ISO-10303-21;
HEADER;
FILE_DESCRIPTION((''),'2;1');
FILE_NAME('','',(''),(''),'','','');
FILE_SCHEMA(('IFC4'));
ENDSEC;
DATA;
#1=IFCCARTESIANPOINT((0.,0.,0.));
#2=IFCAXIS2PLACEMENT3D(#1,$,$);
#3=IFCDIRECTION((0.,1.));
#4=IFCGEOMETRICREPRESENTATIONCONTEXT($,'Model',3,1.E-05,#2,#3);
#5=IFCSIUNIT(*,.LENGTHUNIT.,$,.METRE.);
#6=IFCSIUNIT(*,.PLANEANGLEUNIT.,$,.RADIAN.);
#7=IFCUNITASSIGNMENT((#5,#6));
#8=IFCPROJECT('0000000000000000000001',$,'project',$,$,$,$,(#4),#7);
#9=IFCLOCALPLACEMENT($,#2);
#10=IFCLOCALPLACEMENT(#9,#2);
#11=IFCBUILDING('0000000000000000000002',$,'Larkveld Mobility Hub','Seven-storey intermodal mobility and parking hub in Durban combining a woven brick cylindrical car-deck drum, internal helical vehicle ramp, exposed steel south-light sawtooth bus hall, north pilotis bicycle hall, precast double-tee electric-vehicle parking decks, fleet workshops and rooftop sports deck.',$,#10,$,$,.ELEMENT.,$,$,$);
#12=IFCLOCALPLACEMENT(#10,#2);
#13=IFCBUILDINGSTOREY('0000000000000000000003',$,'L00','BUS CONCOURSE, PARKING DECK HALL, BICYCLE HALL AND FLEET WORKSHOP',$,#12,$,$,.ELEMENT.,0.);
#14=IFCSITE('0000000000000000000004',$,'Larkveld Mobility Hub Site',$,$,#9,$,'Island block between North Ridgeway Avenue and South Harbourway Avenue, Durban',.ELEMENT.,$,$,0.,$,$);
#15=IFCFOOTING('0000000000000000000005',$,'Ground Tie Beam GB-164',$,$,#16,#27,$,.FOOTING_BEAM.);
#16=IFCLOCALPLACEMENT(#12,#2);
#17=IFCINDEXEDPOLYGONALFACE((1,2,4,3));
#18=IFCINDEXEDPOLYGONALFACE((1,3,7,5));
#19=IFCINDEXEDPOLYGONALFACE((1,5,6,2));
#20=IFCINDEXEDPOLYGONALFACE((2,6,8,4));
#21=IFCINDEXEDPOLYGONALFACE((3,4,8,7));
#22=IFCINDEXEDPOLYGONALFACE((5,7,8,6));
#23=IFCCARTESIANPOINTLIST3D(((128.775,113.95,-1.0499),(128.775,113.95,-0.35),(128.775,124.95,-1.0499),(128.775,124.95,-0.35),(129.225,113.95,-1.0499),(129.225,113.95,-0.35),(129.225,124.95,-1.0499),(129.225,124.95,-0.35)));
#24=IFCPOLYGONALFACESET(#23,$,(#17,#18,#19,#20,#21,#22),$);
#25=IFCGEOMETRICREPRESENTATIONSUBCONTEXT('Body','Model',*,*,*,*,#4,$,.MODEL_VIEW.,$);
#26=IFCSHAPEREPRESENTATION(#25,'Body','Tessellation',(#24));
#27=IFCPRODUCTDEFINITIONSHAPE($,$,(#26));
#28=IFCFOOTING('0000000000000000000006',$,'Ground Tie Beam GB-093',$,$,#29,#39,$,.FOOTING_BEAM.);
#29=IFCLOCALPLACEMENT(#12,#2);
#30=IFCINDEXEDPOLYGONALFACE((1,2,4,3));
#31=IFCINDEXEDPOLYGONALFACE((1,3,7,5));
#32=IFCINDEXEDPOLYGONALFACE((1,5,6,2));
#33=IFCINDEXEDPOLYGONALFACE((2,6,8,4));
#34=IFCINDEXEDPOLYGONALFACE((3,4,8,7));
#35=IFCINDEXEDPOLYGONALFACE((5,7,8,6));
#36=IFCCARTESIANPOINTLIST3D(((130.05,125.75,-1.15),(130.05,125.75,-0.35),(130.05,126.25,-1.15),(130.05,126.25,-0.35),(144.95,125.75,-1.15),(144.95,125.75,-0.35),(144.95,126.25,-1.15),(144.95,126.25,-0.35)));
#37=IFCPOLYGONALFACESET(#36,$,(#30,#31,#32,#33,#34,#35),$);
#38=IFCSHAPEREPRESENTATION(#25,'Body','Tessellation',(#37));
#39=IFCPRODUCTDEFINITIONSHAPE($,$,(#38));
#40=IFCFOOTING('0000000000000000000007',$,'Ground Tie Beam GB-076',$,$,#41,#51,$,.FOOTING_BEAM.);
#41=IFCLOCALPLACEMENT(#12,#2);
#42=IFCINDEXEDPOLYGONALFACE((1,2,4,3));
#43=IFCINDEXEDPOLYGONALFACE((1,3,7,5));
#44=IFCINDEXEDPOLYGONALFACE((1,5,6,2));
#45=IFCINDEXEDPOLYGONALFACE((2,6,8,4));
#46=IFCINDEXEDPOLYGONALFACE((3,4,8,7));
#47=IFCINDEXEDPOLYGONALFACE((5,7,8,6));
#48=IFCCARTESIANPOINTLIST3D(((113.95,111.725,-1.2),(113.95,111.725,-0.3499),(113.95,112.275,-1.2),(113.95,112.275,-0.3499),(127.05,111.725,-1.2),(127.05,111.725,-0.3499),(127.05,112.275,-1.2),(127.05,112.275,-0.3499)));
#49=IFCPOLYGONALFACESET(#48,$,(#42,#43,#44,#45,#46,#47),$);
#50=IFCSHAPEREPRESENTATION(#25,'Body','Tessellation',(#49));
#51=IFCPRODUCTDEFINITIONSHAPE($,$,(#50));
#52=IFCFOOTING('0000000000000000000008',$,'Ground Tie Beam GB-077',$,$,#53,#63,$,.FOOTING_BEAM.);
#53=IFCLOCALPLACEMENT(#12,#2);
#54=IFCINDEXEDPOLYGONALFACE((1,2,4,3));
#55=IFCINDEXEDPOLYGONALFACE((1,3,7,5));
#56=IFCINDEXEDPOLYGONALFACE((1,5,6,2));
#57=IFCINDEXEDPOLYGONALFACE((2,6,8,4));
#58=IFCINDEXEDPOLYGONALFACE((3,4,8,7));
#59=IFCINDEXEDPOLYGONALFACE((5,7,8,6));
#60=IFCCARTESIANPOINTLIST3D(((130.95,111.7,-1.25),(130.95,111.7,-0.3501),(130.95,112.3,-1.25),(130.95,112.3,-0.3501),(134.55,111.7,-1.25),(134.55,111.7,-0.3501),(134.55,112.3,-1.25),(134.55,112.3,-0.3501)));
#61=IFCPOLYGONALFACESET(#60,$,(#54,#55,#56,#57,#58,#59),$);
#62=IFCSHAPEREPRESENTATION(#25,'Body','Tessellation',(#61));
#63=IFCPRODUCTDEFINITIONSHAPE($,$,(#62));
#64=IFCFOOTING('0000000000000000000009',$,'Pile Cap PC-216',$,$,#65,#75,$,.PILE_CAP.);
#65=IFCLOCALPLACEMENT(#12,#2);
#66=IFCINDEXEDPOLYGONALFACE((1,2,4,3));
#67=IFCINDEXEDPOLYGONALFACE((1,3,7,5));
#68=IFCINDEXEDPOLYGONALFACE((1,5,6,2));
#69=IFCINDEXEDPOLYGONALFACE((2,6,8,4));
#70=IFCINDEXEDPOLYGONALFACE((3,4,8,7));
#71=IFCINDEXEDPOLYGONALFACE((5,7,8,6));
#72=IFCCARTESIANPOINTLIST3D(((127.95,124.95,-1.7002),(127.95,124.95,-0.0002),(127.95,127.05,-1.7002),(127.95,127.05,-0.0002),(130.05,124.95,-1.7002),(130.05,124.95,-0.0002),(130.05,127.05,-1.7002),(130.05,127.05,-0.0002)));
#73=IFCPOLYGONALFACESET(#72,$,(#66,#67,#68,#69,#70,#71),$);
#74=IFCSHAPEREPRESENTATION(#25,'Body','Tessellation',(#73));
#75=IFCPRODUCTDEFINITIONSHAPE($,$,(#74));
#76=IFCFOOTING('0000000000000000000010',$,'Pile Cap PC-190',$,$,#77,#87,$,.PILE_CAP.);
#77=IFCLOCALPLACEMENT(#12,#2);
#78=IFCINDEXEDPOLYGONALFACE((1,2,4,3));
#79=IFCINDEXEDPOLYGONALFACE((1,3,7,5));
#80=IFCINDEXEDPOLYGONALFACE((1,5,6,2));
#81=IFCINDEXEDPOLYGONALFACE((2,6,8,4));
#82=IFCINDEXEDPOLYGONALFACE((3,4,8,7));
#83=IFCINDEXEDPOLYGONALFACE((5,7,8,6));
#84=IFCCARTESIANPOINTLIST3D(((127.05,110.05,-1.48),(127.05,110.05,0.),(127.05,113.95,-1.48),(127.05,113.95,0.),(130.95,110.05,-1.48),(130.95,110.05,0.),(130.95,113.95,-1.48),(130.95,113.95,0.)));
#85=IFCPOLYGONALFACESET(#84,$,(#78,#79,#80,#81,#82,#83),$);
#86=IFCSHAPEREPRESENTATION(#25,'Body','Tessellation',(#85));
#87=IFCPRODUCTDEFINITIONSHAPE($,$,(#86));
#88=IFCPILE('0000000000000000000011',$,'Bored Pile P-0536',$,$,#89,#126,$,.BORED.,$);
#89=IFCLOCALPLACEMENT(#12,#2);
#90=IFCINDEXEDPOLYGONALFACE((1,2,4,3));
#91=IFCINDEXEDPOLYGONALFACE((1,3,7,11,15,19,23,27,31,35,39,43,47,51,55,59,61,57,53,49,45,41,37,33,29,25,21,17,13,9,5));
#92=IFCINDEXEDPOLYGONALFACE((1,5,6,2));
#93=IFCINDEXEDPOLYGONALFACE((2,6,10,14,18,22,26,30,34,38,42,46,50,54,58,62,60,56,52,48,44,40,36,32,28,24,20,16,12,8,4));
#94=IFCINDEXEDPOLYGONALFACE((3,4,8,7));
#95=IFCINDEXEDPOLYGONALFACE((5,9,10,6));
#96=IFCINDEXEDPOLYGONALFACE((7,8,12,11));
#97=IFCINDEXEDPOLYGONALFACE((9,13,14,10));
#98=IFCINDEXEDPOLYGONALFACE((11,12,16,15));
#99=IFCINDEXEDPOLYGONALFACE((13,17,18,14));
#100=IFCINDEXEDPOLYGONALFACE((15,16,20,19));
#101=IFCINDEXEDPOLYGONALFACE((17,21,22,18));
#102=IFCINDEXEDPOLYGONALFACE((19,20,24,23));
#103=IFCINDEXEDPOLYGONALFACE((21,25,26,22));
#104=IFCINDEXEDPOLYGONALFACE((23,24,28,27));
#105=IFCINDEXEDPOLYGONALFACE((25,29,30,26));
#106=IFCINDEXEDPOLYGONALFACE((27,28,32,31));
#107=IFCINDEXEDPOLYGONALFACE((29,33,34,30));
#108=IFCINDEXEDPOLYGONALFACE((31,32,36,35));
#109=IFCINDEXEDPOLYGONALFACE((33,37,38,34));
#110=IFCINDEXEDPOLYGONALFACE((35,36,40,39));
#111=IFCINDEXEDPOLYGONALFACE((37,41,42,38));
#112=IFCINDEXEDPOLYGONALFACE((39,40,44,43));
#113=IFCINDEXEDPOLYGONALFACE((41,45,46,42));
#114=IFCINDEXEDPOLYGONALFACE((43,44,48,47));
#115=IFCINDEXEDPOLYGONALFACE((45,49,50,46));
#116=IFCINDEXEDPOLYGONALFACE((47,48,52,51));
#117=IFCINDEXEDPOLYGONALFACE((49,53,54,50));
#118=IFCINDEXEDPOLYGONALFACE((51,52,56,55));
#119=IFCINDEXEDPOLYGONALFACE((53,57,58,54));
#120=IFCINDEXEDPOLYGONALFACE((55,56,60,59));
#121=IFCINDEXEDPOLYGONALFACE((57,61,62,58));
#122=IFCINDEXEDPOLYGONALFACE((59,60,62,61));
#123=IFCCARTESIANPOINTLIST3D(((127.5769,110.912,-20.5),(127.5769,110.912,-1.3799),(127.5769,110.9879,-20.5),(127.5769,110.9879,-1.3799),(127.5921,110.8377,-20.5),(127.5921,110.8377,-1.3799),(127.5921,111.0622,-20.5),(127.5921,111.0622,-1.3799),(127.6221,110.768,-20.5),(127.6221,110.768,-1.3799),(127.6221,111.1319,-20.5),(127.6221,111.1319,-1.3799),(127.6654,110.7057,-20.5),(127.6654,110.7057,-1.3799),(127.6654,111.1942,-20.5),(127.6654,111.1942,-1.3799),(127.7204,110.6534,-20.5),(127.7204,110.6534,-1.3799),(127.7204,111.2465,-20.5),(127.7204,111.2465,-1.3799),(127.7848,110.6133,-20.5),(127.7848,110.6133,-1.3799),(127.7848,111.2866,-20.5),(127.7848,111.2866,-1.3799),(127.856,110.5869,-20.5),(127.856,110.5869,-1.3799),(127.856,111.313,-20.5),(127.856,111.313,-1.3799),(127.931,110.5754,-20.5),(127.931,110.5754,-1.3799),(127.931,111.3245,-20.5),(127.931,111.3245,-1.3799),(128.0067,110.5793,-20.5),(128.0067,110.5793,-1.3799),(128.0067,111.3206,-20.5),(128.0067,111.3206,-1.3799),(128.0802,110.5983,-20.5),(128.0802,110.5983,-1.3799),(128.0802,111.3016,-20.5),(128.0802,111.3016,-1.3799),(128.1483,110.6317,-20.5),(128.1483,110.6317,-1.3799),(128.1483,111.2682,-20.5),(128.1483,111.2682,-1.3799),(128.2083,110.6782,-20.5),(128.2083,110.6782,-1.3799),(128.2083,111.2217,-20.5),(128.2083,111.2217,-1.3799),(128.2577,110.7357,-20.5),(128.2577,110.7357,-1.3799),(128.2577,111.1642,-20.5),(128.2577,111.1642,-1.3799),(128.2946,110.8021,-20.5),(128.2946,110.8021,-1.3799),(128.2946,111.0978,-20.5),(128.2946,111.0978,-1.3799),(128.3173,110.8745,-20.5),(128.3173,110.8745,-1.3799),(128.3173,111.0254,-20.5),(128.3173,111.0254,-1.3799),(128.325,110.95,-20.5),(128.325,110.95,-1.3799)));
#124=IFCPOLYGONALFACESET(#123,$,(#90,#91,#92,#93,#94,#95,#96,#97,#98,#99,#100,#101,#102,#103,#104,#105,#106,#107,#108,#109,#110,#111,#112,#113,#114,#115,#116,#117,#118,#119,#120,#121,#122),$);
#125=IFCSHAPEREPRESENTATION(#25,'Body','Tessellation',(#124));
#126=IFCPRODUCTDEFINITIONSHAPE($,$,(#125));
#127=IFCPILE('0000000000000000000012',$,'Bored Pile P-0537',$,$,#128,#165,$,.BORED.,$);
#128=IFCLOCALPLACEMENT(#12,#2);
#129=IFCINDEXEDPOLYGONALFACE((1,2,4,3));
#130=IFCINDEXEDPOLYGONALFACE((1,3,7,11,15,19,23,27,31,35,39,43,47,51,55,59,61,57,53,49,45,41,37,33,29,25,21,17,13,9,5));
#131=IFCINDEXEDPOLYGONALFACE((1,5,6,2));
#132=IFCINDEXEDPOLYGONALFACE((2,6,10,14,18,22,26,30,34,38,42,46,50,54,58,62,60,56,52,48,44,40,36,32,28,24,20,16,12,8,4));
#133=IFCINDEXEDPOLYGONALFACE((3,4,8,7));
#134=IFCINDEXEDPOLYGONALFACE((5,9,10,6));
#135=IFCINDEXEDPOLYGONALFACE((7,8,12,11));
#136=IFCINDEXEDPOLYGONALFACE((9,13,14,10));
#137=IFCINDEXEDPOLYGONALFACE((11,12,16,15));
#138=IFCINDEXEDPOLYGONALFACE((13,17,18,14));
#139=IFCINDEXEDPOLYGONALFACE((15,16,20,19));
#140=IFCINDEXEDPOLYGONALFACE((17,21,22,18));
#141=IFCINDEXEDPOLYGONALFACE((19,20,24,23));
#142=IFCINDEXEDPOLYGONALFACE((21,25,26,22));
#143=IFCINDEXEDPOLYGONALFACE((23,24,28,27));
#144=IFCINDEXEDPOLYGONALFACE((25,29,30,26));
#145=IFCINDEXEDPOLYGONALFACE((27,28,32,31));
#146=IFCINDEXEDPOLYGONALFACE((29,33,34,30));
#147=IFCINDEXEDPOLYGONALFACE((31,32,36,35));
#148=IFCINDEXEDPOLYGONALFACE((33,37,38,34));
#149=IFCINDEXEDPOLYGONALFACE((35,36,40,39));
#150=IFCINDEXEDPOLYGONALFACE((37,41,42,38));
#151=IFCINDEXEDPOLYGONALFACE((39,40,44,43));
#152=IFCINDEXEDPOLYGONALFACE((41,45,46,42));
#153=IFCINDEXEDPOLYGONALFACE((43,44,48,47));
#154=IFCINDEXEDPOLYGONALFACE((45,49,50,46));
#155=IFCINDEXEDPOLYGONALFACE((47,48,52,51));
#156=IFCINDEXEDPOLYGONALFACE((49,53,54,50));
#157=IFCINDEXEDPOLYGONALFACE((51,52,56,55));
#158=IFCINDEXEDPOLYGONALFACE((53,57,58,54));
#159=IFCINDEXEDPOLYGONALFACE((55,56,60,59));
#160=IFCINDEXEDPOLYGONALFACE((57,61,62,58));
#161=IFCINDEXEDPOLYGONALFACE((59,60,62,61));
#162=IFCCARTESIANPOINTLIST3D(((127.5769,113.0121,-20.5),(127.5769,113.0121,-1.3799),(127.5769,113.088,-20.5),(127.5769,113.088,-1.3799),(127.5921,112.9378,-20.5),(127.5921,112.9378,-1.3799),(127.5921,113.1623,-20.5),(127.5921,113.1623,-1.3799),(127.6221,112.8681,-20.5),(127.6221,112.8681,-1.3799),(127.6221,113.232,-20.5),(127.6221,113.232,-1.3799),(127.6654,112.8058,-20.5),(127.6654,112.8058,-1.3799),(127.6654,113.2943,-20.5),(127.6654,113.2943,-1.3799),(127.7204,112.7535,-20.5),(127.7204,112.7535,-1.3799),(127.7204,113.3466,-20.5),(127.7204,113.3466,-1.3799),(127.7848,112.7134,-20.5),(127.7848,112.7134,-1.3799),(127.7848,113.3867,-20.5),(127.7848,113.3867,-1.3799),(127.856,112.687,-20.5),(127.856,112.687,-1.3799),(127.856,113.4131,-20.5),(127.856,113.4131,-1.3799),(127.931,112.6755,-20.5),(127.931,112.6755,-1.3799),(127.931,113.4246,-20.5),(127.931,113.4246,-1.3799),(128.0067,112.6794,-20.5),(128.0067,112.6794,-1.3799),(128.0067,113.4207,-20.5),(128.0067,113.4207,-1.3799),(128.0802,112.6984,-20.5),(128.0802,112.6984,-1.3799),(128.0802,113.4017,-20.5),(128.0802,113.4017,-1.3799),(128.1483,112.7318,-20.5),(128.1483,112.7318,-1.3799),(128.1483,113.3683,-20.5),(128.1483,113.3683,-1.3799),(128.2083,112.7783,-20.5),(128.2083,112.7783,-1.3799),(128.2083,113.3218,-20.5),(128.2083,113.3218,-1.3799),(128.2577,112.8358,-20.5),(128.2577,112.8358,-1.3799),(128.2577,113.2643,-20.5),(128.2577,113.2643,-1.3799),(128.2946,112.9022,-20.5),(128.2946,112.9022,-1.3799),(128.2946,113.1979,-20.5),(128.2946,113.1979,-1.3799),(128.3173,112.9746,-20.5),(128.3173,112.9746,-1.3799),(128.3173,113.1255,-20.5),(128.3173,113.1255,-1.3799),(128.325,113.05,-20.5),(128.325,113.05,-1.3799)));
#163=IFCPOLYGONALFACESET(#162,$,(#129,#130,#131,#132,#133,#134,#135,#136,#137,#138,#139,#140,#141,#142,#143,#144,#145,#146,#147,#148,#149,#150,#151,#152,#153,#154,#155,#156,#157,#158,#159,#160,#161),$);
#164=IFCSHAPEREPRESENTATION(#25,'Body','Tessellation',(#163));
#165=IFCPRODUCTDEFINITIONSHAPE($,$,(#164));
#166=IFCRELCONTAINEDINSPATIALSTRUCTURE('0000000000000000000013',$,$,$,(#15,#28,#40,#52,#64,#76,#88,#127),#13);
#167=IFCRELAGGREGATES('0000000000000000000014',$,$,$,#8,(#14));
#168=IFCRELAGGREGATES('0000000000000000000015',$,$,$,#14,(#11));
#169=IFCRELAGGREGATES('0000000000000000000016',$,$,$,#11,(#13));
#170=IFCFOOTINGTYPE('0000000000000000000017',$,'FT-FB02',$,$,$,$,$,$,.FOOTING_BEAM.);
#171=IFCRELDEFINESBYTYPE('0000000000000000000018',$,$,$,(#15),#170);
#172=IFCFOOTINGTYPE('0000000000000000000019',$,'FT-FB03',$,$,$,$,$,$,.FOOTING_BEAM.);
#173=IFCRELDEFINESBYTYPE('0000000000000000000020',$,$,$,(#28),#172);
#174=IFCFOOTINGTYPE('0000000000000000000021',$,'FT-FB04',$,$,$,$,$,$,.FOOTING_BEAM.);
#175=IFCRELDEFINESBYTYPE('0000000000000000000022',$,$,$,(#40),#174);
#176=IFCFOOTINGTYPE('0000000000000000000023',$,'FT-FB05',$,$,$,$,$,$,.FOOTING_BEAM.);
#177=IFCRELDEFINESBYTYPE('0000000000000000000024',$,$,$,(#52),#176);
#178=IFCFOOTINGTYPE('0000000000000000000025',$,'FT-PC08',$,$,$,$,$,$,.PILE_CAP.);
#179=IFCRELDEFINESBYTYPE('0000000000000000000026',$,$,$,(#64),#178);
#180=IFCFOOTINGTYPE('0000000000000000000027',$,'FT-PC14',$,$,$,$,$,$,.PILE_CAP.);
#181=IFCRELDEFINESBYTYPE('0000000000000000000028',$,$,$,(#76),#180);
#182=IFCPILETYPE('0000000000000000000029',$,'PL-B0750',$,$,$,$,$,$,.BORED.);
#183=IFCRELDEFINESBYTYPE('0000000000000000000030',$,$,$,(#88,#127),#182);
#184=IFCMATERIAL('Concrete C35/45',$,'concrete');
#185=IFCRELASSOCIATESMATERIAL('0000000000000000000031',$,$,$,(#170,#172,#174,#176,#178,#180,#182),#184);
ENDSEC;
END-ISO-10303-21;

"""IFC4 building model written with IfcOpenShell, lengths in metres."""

from ifc_helpers import new_model, si_unit, direction, frame, origin, origin_2d, place, context, subcontext, project, spatial, rectangle, circle, extrude, material, material_profile, profile_set, type_object, element, save


model = new_model("IFC4")

# Units and contexts
model_context = context("Model", 3, precision=1e-05, world=origin(), true_north=direction((0.0, 1.0)))
body_context = subcontext(model_context, "Body", "Model", "MODEL_VIEW")
ifc_project = project(units=[si_unit("LENGTHUNIT", "METRE"), si_unit("PLANEANGLEUNIT", "RADIAN")], contexts=[model_context])

# Site, building, storey
site_placement = place(None, origin())
site = spatial("IfcSite", under=ifc_project, at=site_placement, Name="Larkveld Mobility Hub Site", LongName="Island block between North Ridgeway Avenue and South Harbourway Avenue, Durban", CompositionType="ELEMENT", RefElevation=0.0)
building_placement = place(site_placement, origin())
building = spatial("IfcBuilding", under=site, at=building_placement, Name="Larkveld Mobility Hub", Description="Seven-storey intermodal mobility and parking hub in Durban combining a woven brick cylindrical car-deck drum, internal helical vehicle ramp, exposed steel south-light sawtooth bus hall, north pilotis bicycle hall, precast double-tee electric-vehicle parking decks, fleet workshops and rooftop sports deck.", CompositionType="ELEMENT")
storey_placement = place(building_placement, origin())
storey = spatial("IfcBuildingStorey", under=building, at=storey_placement, Name="L00", Description="BUS CONCOURSE, PARKING DECK HALL, BICYCLE HALL AND FLEET WORKSHOP", CompositionType="ELEMENT", Elevation=0.0)

# Footings
ifc_material_1 = material(Name="Concrete C35/45", Category="concrete")
ifc_material_profile_1 = material_profile(ifc_material_1, rectangle(XDim=0.45, YDim=0.7, at=origin_2d()), Name="RC BM 450x700")
ifc_profile_set_1 = profile_set([ifc_material_profile_1], Name="Concrete C35/45")
footing_type_1 = type_object("IfcFootingType", Name="FT-FB02", PredefinedType="FOOTING_BEAM", material=ifc_profile_set_1)
footing_1_placement = place(storey_placement, frame((129.0, 113.95, -0.7), z_axis=(0.0, 1.0, 0.0), x_axis=(-1.0, 0.0, 0.0)))
element("IfcFooting", 1, at=footing_1_placement, inside=storey, type_object=footing_type_1, Name="Ground Tie Beam GB-164", PredefinedType="FOOTING_BEAM", context=body_context, shape_type="SweptSolid", body=[
    extrude(rectangle(XDim=0.45, YDim=0.7, at=origin_2d()), origin(), (0.0, 0.0, 1.0), 11.0),
])
ifc_material_profile_2 = material_profile(ifc_material_1, rectangle(XDim=0.5, YDim=0.8, at=origin_2d()), Name="RC BM 500x800")
ifc_profile_set_2 = profile_set([ifc_material_profile_2], Name="Concrete C35/45")
footing_type_2 = type_object("IfcFootingType", Name="FT-FB03", PredefinedType="FOOTING_BEAM", material=ifc_profile_set_2)
footing_2_placement = place(storey_placement, frame((130.05, 126.0, -0.75), z_axis=(1.0, 0.0, 0.0), x_axis=(0.0, 1.0, 0.0)))
element("IfcFooting", 2, at=footing_2_placement, inside=storey, type_object=footing_type_2, Name="Ground Tie Beam GB-093", PredefinedType="FOOTING_BEAM", context=body_context, shape_type="SweptSolid", body=[
    extrude(rectangle(XDim=0.5, YDim=0.8, at=origin_2d()), origin(), (0.0, 0.0, 1.0), 14.8999),
])
ifc_material_profile_3 = material_profile(ifc_material_1, rectangle(XDim=0.55, YDim=0.8501, at=origin_2d()), Name="RC BM 550x850")
ifc_profile_set_3 = profile_set([ifc_material_profile_3], Name="Concrete C35/45")
footing_type_3 = type_object("IfcFootingType", Name="FT-FB04", PredefinedType="FOOTING_BEAM", material=ifc_profile_set_3)
footing_3_placement = place(storey_placement, frame((113.95, 112.0, -0.7749), z_axis=(1.0, 0.0, 0.0), x_axis=(0.0, 1.0, 0.0)))
element("IfcFooting", 3, at=footing_3_placement, inside=storey, type_object=footing_type_3, Name="Ground Tie Beam GB-076", PredefinedType="FOOTING_BEAM", context=body_context, shape_type="SweptSolid", body=[
    extrude(rectangle(XDim=0.55, YDim=0.8501, at=origin_2d()), origin(), (0.0, 0.0, 1.0), 13.1001),
])
ifc_material_profile_4 = material_profile(ifc_material_1, rectangle(XDim=0.6001, YDim=0.8999, at=origin_2d()), Name="RC BM 600x900")
ifc_profile_set_4 = profile_set([ifc_material_profile_4], Name="Concrete C35/45")
footing_type_4 = type_object("IfcFootingType", Name="FT-FB05", PredefinedType="FOOTING_BEAM", material=ifc_profile_set_4)
footing_4_placement = place(storey_placement, frame((130.95, 112.0, -0.8), z_axis=(1.0, 0.0, 0.0), x_axis=(0.0, 1.0, 0.0)))
element("IfcFooting", 4, at=footing_4_placement, inside=storey, type_object=footing_type_4, Name="Ground Tie Beam GB-077", PredefinedType="FOOTING_BEAM", context=body_context, shape_type="SweptSolid", body=[
    extrude(rectangle(XDim=0.6001, YDim=0.8999, at=origin_2d()), origin(), (0.0, 0.0, 1.0), 3.6001),
])
footing_type_5 = type_object("IfcFootingType", Name="FT-PC08", PredefinedType="PILE_CAP", material=ifc_material_1)
footing_5_placement = place(storey_placement, frame((129.0, 126.0, -1.7002), z_axis=(0.0, 0.0, 1.0), x_axis=(1.0, 0.0, 0.0)))
element("IfcFooting", 5, at=footing_5_placement, inside=storey, type_object=footing_type_5, Name="Pile Cap PC-216", PredefinedType="PILE_CAP", context=body_context, shape_type="SweptSolid", body=[
    extrude(rectangle(XDim=2.1001, YDim=2.1001, at=origin_2d()), origin(), (0.0, 0.0, 1.0), 1.7),
])
footing_type_6 = type_object("IfcFootingType", Name="FT-PC14", PredefinedType="PILE_CAP", material=ifc_material_1)
footing_6_placement = place(storey_placement, frame((129.0, 112.0, -1.48), z_axis=(0.0, 0.0, 1.0), x_axis=(1.0, 0.0, 0.0)))
element("IfcFooting", 6, at=footing_6_placement, inside=storey, type_object=footing_type_6, Name="Pile Cap PC-190", PredefinedType="PILE_CAP", context=body_context, shape_type="SweptSolid", body=[
    extrude(rectangle(XDim=3.8999, YDim=3.8999, at=origin_2d()), origin(), (0.0, 0.0, 1.0), 1.48),
])

# Piles
ifc_material_profile_5 = material_profile(ifc_material_1, circle(Radius=0.375, at=origin_2d()), Name="PILE D750")
ifc_profile_set_5 = profile_set([ifc_material_profile_5], Name="Concrete C35/45")
pile_type = type_object("IfcPileType", Name="PL-B0750", PredefinedType="BORED", material=ifc_profile_set_5)
for number, where, z_axis, x_axis, name in (
    (7, (127.95, 110.95, -1.3799), (0.0, 0.0, -1.0), (1.0, 0.0, 0.0), "Bored Pile P-0536"),
    (8, (127.95, 113.05, -1.3799), (0.0, 0.0, -1.0), (1.0, 0.0, 0.0), "Bored Pile P-0537"),
):
    element("IfcPile", number, at=place(storey_placement, frame(where, z_axis=z_axis, x_axis=x_axis)), inside=storey, type_object=pile_type, Name=name, PredefinedType="BORED", context=body_context, shape_type="SweptSolid", body=[
        extrude(circle(Radius=0.375, at=origin_2d()), origin(), (0.0, 0.0, 1.0), 19.1201),
    ])

save(model, "model.ifc")
